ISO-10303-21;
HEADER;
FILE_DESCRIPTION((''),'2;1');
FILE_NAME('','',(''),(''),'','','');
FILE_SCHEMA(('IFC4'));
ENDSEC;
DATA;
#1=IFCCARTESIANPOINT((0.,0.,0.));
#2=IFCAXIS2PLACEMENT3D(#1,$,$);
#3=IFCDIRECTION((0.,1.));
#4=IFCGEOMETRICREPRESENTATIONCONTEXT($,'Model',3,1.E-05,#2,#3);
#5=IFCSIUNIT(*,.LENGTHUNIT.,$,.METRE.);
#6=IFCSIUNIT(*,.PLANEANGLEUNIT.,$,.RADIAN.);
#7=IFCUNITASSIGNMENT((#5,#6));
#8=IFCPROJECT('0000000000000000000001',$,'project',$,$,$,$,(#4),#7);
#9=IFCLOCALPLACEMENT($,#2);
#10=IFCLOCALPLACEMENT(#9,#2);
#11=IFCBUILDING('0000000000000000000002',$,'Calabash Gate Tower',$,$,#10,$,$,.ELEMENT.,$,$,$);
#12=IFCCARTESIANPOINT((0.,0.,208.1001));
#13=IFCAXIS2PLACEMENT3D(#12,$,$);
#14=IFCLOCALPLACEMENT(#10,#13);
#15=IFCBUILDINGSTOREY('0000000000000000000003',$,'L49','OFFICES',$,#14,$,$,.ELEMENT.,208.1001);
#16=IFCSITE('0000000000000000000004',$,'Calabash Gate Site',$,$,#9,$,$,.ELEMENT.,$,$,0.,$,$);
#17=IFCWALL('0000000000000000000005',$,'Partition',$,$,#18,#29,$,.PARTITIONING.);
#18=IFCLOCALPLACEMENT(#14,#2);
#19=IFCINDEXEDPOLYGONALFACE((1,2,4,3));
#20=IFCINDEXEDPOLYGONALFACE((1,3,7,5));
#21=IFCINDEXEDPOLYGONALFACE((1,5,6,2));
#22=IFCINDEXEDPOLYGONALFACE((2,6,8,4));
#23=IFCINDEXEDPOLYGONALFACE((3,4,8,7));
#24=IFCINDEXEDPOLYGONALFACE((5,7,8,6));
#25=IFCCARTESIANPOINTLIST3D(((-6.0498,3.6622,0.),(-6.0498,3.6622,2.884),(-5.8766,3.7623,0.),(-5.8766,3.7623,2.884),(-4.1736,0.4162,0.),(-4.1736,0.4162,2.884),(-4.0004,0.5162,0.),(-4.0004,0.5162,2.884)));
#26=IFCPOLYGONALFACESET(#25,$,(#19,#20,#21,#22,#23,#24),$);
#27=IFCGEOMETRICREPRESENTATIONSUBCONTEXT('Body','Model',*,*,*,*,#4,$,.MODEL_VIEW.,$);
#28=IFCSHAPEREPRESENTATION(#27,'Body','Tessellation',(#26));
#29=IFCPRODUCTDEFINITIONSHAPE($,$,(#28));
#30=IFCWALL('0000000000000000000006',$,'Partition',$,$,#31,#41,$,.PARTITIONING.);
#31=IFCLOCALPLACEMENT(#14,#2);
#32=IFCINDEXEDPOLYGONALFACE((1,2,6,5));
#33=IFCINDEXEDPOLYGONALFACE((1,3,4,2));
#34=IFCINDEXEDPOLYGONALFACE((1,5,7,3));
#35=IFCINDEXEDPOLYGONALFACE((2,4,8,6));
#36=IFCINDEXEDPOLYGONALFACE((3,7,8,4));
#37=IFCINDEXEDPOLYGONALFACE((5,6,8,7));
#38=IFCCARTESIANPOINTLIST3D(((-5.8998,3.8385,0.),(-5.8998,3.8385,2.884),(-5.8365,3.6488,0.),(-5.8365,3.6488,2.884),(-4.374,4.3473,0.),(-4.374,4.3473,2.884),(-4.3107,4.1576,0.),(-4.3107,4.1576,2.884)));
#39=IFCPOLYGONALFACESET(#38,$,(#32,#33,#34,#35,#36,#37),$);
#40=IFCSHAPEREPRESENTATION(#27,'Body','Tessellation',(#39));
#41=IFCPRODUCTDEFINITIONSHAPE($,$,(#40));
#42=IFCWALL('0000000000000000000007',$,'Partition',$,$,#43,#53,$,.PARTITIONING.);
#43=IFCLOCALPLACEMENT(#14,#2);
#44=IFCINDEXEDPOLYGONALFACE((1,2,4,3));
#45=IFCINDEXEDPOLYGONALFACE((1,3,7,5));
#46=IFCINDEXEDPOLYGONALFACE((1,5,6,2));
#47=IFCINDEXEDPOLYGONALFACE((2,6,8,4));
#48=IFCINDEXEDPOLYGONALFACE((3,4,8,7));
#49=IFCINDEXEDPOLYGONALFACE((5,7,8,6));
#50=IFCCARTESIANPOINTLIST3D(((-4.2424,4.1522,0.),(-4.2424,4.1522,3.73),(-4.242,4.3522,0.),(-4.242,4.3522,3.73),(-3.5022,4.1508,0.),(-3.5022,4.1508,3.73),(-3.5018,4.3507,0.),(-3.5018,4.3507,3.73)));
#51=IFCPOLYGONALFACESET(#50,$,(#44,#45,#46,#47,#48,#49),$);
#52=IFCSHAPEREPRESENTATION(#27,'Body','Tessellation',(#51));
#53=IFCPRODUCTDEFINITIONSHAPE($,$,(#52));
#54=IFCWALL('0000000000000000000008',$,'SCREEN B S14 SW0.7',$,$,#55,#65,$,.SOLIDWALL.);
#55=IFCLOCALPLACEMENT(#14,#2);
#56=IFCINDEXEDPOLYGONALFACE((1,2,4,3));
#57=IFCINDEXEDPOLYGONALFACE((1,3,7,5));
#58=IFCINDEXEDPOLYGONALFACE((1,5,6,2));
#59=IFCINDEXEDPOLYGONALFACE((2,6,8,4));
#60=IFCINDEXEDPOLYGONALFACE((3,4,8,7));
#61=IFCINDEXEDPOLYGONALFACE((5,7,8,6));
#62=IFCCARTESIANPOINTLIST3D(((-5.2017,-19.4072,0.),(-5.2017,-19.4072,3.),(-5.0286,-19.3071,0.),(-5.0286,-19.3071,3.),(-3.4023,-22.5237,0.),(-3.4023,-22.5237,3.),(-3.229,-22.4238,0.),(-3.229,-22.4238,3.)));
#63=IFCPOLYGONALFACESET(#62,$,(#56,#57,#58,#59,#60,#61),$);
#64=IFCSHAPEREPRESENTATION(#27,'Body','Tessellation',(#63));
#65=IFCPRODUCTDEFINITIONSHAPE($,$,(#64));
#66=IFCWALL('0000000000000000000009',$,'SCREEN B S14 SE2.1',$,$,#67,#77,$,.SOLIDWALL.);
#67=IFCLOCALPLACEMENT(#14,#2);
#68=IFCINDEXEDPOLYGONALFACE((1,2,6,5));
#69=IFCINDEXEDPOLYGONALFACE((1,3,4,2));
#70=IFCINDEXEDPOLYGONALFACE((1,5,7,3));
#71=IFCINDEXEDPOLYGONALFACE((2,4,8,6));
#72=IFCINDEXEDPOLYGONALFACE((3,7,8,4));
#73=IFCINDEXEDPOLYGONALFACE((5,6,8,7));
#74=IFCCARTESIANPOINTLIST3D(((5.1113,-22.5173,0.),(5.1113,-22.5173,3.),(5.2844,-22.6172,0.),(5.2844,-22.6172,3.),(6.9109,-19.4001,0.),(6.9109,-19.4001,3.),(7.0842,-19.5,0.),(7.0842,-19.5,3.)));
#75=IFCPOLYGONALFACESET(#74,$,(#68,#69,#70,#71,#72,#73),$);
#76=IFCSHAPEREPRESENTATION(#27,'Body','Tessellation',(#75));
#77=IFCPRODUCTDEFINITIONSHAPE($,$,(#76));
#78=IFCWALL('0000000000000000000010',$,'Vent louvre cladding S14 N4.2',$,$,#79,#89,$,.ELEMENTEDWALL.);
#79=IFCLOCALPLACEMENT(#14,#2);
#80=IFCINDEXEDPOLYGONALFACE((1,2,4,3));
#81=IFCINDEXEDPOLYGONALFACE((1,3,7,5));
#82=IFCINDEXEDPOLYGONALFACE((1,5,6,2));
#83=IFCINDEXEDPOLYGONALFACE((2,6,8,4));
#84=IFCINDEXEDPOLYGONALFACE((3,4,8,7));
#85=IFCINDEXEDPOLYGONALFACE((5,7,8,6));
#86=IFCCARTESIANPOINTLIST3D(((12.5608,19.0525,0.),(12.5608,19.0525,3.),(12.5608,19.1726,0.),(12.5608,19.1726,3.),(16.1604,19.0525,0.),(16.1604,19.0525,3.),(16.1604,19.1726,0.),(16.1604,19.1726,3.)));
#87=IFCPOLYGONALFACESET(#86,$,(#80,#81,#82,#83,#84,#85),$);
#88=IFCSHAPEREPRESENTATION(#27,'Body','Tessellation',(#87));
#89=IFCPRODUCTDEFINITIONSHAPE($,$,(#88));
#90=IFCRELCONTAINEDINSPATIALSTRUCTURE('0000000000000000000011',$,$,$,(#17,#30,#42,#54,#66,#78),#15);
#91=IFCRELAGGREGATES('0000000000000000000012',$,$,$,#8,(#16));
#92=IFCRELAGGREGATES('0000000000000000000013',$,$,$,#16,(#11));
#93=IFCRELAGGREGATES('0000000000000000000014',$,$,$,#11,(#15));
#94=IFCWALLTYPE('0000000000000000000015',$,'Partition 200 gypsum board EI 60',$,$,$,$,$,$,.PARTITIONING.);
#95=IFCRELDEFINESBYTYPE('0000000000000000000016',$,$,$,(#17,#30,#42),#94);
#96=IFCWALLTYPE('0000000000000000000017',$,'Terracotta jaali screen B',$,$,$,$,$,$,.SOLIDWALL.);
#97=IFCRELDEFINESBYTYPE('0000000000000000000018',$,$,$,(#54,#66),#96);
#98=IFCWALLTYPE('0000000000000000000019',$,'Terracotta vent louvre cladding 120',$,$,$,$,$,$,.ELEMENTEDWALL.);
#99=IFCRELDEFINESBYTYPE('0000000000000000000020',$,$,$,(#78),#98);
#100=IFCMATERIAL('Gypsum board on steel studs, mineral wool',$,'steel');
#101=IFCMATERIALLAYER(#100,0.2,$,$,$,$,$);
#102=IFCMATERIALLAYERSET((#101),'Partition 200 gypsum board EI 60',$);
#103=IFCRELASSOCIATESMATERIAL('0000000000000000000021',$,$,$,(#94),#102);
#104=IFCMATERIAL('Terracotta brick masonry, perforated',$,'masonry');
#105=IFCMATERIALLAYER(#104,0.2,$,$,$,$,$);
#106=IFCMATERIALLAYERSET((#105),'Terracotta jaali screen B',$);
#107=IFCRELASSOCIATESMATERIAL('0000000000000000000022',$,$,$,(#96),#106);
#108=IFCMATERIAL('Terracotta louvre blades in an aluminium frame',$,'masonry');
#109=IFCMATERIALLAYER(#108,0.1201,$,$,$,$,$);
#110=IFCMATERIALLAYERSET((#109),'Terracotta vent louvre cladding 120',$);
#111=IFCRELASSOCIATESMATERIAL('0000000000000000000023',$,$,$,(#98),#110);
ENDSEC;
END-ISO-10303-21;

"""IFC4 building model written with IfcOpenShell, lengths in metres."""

from ifc_helpers import new_model, si_unit, direction, frame, frame_2d, origin, place, context, subcontext, project, spatial, polyline, rectangle, outline, extrude, material, layer, layer_set, type_object, element, save


model = new_model("IFC4")

# Units and contexts
model_context = context("Model", 3, precision=1e-05, world=origin(), true_north=direction((0.0, 1.0)))
body_context = subcontext(model_context, "Body", "Model", "MODEL_VIEW")
ifc_project = project(units=[si_unit("LENGTHUNIT", "METRE"), si_unit("PLANEANGLEUNIT", "RADIAN")], contexts=[model_context])

# Site, building, storey
site_placement = place(None, origin())
site = spatial("IfcSite", under=ifc_project, at=site_placement, Name="Calabash Gate Site", CompositionType="ELEMENT", RefElevation=0.0)
building_placement = place(site_placement, origin())
building = spatial("IfcBuilding", under=site, at=building_placement, Name="Calabash Gate Tower", CompositionType="ELEMENT")
storey_placement = place(building_placement, frame((0.0, 0.0, 208.1001)))
storey = spatial("IfcBuildingStorey", under=building, at=storey_placement, Name="L49", Description="OFFICES", CompositionType="ELEMENT", Elevation=208.1001)

# Shared definitions
ifc_material_1 = material(Name="Gypsum board on steel studs, mineral wool", Category="steel")
ifc_layer_1 = layer(ifc_material_1, 0.2)
ifc_layer_set_1 = layer_set([ifc_layer_1], Name="Partition 200 gypsum board EI 60")
wall_type_1 = type_object("IfcWallType", Name="Partition 200 gypsum board EI 60", PredefinedType="PARTITIONING", material=ifc_layer_set_1)

# Walls
wall_1_placement = place(storey_placement, frame((-5.9631, 3.7122, 0.0), z_axis=(0.0, 0.0, 1.0), x_axis=(0.500418, -0.865784, 0.0)))
element("IfcWall", 1, at=wall_1_placement, inside=storey, type_object=wall_type_1, Name="Partition", PredefinedType="PARTITIONING", context=body_context, shape_type="SweptSolid", body=[
    extrude(rectangle(XDim=3.7493, YDim=0.2, at=frame_2d((1.8745, 0.0))), origin(), (0.0, 0.0, 1.0), 2.884),
])
wall_2_placement = place(storey_placement, frame((-5.8682, 3.7437, 0.0), z_axis=(0.0, 0.0, 1.0), x_axis=(0.948653, 0.316319, 0.0)))
element("IfcWall", 2, at=wall_2_placement, inside=storey, type_object=wall_type_1, Name="Partition", PredefinedType="PARTITIONING", context=body_context, shape_type="SweptSolid", body=[
    extrude(rectangle(XDim=1.6084, YDim=0.2, at=frame_2d((0.8042, 0.0))), origin(), (0.0, 0.0, 1.0), 2.884),
])
wall_3_placement = place(storey_placement, frame((-4.2422, 4.2522, 0.0), z_axis=(0.0, 0.0, 1.0), x_axis=(0.999998, -0.001979, 0.0)))
element("IfcWall", 3, at=wall_3_placement, inside=storey, type_object=wall_type_1, Name="Partition", PredefinedType="PARTITIONING", context=body_context, shape_type="SweptSolid", body=[
    extrude(rectangle(XDim=0.7402, YDim=0.2, at=frame_2d((0.3701, 0.0))), origin(), (0.0, 0.0, 1.0), 3.73),
])
ifc_material_2 = material(Name="Terracotta brick masonry, perforated", Category="masonry")
ifc_layer_2 = layer(ifc_material_2, 0.2)
ifc_layer_set_2 = layer_set([ifc_layer_2], Name="Terracotta jaali screen B")
wall_type_2 = type_object("IfcWallType", Name="Terracotta jaali screen B", PredefinedType="SOLIDWALL", material=ifc_layer_set_2)
wall_4_placement = place(storey_placement, origin())
element("IfcWall", 4, at=wall_4_placement, inside=storey, type_object=wall_type_2, Name="SCREEN B S14 SW0.7", PredefinedType="SOLIDWALL", context=body_context, shape_type="SweptSolid", body=[
    extrude(outline(polyline([(-5.2017, -19.4072), (-3.4023, -22.5237), (-3.229, -22.4238), (-5.0286, -19.3071), (-5.2017, -19.4072)])), origin(), (0.0, 0.0, 1.0), 3.0),
])
wall_5_placement = place(storey_placement, origin())
element("IfcWall", 5, at=wall_5_placement, inside=storey, type_object=wall_type_2, Name="SCREEN B S14 SE2.1", PredefinedType="SOLIDWALL", context=body_context, shape_type="SweptSolid", body=[
    extrude(outline(polyline([(6.9109, -19.4001), (5.1113, -22.5173), (5.2844, -22.6172), (7.0842, -19.5), (6.9109, -19.4001)])), origin(), (0.0, 0.0, 1.0), 3.0),
])
ifc_material_3 = material(Name="Terracotta louvre blades in an aluminium frame", Category="masonry")
ifc_layer_3 = layer(ifc_material_3, 0.1201)
ifc_layer_set_3 = layer_set([ifc_layer_3], Name="Terracotta vent louvre cladding 120")
wall_type_3 = type_object("IfcWallType", Name="Terracotta vent louvre cladding 120", PredefinedType="ELEMENTEDWALL", material=ifc_layer_set_3)
wall_6_placement = place(storey_placement, origin())
element("IfcWall", 6, at=wall_6_placement, inside=storey, type_object=wall_type_3, Name="Vent louvre cladding S14 N4.2", PredefinedType="ELEMENTEDWALL", context=body_context, shape_type="SweptSolid", body=[
    extrude(outline(polyline([(12.5608, 19.1726), (12.5608, 19.0525), (16.1604, 19.0525), (16.1604, 19.1726), (12.5608, 19.1726)])), origin(), (0.0, 0.0, 1.0), 3.0),
])

save(model, "model.ifc")
